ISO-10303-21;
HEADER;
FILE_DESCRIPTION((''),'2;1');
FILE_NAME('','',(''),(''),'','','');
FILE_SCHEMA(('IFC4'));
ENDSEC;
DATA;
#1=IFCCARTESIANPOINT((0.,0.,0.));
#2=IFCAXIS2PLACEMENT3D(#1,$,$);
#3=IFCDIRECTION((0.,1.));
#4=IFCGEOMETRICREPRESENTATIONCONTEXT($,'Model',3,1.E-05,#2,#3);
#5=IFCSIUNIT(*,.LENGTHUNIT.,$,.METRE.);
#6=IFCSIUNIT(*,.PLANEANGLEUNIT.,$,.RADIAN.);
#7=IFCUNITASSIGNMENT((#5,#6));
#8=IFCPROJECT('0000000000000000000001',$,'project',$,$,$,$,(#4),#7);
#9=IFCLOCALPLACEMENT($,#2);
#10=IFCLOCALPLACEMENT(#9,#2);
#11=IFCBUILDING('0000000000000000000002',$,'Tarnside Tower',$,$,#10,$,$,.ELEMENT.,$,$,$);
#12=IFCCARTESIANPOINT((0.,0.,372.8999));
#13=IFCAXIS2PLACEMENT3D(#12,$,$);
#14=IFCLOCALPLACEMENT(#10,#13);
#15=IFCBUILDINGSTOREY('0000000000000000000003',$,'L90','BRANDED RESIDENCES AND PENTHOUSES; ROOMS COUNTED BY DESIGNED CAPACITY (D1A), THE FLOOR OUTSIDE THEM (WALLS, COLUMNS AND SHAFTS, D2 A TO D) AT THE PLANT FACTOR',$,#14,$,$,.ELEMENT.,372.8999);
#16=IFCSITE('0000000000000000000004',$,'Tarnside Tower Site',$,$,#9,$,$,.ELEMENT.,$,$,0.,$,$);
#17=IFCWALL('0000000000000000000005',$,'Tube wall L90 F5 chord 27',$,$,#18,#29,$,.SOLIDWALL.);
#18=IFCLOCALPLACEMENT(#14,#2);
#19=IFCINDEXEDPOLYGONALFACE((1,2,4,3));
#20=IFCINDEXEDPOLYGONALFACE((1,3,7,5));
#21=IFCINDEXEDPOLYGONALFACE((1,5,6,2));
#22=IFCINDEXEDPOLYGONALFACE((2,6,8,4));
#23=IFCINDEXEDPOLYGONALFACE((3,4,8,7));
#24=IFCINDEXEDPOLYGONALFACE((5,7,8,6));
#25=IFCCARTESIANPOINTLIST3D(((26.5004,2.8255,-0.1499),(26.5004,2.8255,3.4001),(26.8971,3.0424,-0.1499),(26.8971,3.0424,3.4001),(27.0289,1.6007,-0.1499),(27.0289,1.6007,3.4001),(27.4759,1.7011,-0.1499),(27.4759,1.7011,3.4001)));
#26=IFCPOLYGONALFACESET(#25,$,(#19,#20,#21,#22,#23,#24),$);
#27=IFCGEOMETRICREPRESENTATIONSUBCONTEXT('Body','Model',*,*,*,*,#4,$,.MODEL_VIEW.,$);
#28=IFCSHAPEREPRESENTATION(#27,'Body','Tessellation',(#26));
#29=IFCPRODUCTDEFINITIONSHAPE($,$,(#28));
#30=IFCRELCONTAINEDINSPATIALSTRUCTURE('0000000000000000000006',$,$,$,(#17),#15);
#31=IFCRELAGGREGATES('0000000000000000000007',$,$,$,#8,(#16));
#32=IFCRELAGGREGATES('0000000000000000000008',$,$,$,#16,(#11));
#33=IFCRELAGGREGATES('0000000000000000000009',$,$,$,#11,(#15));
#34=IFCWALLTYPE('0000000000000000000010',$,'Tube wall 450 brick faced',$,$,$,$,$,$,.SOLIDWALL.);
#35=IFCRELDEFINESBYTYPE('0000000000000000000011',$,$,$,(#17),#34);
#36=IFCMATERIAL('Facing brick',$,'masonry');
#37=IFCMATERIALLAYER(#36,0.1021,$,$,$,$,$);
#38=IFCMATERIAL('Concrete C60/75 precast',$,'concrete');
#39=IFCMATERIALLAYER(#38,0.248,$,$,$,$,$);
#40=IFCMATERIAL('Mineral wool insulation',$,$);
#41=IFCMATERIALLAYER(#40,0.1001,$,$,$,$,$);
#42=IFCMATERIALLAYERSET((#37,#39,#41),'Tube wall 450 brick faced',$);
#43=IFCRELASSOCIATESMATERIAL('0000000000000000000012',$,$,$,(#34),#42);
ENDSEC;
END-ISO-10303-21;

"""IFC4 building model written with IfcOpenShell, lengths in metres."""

from ifc_helpers import new_model, si_unit, direction, frame, origin, place, context, subcontext, project, spatial, polyline, outline, extrude, material, layer, layer_set, type_object, element, save


model = new_model("IFC4")

# Units and contexts
model_context = context("Model", 3, precision=1e-05, world=origin(), true_north=direction((0.0, 1.0)))
body_context = subcontext(model_context, "Body", "Model", "MODEL_VIEW")
ifc_project = project(units=[si_unit("LENGTHUNIT", "METRE"), si_unit("PLANEANGLEUNIT", "RADIAN")], contexts=[model_context])

# Site, building, storey
site_placement = place(None, origin())
site = spatial("IfcSite", under=ifc_project, at=site_placement, Name="Tarnside Tower Site", CompositionType="ELEMENT", RefElevation=0.0)
building_placement = place(site_placement, origin())
building = spatial("IfcBuilding", under=site, at=building_placement, Name="Tarnside Tower", CompositionType="ELEMENT")
storey_placement = place(building_placement, frame((0.0, 0.0, 372.8999)))
storey = spatial("IfcBuildingStorey", under=building, at=storey_placement, Name="L90", Description="BRANDED RESIDENCES AND PENTHOUSES; ROOMS COUNTED BY DESIGNED CAPACITY (D1A), THE FLOOR OUTSIDE THEM (WALLS, COLUMNS AND SHAFTS, D2 A TO D) AT THE PLANT FACTOR", CompositionType="ELEMENT", Elevation=372.8999)

# Shared definitions
ifc_material_1 = material(Name="Concrete C60/75 precast", Category="concrete")
ifc_material_2 = material(Name="Mineral wool insulation")

# Wall
ifc_material_3 = material(Name="Facing brick", Category="masonry")
ifc_layer_1 = layer(ifc_material_3, 0.1021)
ifc_layer_2 = layer(ifc_material_1, 0.248)
ifc_layer_3 = layer(ifc_material_2, 0.1001)
ifc_layer_set_1 = layer_set([ifc_layer_1, ifc_layer_2, ifc_layer_3], Name="Tube wall 450 brick faced")
wall_type_1 = type_object("IfcWallType", Name="Tube wall 450 brick faced", PredefinedType="SOLIDWALL", material=ifc_layer_set_1)
wall_1_placement = place(storey_placement, frame((27.2524, 1.6509, -0.1499), z_axis=(0.0, 0.0, 1.0), x_axis=(-0.396195, 0.918166, 0.0)))
element("IfcWall", 1, at=wall_1_placement, inside=storey, type_object=wall_type_1, Name="Tube wall L90 F5 chord 27", PredefinedType="SOLIDWALL", context=body_context, shape_type="SweptSolid", body=[
    extrude(outline(polyline([(-0.0425, -0.2251), (1.4185, -0.2251), (1.3765, 0.2251), (0.0425, 0.2251), (-0.0425, -0.2251)])), origin(), (0.0, 0.0, 1.0), 3.55),
])

save(model, "model.ifc")
